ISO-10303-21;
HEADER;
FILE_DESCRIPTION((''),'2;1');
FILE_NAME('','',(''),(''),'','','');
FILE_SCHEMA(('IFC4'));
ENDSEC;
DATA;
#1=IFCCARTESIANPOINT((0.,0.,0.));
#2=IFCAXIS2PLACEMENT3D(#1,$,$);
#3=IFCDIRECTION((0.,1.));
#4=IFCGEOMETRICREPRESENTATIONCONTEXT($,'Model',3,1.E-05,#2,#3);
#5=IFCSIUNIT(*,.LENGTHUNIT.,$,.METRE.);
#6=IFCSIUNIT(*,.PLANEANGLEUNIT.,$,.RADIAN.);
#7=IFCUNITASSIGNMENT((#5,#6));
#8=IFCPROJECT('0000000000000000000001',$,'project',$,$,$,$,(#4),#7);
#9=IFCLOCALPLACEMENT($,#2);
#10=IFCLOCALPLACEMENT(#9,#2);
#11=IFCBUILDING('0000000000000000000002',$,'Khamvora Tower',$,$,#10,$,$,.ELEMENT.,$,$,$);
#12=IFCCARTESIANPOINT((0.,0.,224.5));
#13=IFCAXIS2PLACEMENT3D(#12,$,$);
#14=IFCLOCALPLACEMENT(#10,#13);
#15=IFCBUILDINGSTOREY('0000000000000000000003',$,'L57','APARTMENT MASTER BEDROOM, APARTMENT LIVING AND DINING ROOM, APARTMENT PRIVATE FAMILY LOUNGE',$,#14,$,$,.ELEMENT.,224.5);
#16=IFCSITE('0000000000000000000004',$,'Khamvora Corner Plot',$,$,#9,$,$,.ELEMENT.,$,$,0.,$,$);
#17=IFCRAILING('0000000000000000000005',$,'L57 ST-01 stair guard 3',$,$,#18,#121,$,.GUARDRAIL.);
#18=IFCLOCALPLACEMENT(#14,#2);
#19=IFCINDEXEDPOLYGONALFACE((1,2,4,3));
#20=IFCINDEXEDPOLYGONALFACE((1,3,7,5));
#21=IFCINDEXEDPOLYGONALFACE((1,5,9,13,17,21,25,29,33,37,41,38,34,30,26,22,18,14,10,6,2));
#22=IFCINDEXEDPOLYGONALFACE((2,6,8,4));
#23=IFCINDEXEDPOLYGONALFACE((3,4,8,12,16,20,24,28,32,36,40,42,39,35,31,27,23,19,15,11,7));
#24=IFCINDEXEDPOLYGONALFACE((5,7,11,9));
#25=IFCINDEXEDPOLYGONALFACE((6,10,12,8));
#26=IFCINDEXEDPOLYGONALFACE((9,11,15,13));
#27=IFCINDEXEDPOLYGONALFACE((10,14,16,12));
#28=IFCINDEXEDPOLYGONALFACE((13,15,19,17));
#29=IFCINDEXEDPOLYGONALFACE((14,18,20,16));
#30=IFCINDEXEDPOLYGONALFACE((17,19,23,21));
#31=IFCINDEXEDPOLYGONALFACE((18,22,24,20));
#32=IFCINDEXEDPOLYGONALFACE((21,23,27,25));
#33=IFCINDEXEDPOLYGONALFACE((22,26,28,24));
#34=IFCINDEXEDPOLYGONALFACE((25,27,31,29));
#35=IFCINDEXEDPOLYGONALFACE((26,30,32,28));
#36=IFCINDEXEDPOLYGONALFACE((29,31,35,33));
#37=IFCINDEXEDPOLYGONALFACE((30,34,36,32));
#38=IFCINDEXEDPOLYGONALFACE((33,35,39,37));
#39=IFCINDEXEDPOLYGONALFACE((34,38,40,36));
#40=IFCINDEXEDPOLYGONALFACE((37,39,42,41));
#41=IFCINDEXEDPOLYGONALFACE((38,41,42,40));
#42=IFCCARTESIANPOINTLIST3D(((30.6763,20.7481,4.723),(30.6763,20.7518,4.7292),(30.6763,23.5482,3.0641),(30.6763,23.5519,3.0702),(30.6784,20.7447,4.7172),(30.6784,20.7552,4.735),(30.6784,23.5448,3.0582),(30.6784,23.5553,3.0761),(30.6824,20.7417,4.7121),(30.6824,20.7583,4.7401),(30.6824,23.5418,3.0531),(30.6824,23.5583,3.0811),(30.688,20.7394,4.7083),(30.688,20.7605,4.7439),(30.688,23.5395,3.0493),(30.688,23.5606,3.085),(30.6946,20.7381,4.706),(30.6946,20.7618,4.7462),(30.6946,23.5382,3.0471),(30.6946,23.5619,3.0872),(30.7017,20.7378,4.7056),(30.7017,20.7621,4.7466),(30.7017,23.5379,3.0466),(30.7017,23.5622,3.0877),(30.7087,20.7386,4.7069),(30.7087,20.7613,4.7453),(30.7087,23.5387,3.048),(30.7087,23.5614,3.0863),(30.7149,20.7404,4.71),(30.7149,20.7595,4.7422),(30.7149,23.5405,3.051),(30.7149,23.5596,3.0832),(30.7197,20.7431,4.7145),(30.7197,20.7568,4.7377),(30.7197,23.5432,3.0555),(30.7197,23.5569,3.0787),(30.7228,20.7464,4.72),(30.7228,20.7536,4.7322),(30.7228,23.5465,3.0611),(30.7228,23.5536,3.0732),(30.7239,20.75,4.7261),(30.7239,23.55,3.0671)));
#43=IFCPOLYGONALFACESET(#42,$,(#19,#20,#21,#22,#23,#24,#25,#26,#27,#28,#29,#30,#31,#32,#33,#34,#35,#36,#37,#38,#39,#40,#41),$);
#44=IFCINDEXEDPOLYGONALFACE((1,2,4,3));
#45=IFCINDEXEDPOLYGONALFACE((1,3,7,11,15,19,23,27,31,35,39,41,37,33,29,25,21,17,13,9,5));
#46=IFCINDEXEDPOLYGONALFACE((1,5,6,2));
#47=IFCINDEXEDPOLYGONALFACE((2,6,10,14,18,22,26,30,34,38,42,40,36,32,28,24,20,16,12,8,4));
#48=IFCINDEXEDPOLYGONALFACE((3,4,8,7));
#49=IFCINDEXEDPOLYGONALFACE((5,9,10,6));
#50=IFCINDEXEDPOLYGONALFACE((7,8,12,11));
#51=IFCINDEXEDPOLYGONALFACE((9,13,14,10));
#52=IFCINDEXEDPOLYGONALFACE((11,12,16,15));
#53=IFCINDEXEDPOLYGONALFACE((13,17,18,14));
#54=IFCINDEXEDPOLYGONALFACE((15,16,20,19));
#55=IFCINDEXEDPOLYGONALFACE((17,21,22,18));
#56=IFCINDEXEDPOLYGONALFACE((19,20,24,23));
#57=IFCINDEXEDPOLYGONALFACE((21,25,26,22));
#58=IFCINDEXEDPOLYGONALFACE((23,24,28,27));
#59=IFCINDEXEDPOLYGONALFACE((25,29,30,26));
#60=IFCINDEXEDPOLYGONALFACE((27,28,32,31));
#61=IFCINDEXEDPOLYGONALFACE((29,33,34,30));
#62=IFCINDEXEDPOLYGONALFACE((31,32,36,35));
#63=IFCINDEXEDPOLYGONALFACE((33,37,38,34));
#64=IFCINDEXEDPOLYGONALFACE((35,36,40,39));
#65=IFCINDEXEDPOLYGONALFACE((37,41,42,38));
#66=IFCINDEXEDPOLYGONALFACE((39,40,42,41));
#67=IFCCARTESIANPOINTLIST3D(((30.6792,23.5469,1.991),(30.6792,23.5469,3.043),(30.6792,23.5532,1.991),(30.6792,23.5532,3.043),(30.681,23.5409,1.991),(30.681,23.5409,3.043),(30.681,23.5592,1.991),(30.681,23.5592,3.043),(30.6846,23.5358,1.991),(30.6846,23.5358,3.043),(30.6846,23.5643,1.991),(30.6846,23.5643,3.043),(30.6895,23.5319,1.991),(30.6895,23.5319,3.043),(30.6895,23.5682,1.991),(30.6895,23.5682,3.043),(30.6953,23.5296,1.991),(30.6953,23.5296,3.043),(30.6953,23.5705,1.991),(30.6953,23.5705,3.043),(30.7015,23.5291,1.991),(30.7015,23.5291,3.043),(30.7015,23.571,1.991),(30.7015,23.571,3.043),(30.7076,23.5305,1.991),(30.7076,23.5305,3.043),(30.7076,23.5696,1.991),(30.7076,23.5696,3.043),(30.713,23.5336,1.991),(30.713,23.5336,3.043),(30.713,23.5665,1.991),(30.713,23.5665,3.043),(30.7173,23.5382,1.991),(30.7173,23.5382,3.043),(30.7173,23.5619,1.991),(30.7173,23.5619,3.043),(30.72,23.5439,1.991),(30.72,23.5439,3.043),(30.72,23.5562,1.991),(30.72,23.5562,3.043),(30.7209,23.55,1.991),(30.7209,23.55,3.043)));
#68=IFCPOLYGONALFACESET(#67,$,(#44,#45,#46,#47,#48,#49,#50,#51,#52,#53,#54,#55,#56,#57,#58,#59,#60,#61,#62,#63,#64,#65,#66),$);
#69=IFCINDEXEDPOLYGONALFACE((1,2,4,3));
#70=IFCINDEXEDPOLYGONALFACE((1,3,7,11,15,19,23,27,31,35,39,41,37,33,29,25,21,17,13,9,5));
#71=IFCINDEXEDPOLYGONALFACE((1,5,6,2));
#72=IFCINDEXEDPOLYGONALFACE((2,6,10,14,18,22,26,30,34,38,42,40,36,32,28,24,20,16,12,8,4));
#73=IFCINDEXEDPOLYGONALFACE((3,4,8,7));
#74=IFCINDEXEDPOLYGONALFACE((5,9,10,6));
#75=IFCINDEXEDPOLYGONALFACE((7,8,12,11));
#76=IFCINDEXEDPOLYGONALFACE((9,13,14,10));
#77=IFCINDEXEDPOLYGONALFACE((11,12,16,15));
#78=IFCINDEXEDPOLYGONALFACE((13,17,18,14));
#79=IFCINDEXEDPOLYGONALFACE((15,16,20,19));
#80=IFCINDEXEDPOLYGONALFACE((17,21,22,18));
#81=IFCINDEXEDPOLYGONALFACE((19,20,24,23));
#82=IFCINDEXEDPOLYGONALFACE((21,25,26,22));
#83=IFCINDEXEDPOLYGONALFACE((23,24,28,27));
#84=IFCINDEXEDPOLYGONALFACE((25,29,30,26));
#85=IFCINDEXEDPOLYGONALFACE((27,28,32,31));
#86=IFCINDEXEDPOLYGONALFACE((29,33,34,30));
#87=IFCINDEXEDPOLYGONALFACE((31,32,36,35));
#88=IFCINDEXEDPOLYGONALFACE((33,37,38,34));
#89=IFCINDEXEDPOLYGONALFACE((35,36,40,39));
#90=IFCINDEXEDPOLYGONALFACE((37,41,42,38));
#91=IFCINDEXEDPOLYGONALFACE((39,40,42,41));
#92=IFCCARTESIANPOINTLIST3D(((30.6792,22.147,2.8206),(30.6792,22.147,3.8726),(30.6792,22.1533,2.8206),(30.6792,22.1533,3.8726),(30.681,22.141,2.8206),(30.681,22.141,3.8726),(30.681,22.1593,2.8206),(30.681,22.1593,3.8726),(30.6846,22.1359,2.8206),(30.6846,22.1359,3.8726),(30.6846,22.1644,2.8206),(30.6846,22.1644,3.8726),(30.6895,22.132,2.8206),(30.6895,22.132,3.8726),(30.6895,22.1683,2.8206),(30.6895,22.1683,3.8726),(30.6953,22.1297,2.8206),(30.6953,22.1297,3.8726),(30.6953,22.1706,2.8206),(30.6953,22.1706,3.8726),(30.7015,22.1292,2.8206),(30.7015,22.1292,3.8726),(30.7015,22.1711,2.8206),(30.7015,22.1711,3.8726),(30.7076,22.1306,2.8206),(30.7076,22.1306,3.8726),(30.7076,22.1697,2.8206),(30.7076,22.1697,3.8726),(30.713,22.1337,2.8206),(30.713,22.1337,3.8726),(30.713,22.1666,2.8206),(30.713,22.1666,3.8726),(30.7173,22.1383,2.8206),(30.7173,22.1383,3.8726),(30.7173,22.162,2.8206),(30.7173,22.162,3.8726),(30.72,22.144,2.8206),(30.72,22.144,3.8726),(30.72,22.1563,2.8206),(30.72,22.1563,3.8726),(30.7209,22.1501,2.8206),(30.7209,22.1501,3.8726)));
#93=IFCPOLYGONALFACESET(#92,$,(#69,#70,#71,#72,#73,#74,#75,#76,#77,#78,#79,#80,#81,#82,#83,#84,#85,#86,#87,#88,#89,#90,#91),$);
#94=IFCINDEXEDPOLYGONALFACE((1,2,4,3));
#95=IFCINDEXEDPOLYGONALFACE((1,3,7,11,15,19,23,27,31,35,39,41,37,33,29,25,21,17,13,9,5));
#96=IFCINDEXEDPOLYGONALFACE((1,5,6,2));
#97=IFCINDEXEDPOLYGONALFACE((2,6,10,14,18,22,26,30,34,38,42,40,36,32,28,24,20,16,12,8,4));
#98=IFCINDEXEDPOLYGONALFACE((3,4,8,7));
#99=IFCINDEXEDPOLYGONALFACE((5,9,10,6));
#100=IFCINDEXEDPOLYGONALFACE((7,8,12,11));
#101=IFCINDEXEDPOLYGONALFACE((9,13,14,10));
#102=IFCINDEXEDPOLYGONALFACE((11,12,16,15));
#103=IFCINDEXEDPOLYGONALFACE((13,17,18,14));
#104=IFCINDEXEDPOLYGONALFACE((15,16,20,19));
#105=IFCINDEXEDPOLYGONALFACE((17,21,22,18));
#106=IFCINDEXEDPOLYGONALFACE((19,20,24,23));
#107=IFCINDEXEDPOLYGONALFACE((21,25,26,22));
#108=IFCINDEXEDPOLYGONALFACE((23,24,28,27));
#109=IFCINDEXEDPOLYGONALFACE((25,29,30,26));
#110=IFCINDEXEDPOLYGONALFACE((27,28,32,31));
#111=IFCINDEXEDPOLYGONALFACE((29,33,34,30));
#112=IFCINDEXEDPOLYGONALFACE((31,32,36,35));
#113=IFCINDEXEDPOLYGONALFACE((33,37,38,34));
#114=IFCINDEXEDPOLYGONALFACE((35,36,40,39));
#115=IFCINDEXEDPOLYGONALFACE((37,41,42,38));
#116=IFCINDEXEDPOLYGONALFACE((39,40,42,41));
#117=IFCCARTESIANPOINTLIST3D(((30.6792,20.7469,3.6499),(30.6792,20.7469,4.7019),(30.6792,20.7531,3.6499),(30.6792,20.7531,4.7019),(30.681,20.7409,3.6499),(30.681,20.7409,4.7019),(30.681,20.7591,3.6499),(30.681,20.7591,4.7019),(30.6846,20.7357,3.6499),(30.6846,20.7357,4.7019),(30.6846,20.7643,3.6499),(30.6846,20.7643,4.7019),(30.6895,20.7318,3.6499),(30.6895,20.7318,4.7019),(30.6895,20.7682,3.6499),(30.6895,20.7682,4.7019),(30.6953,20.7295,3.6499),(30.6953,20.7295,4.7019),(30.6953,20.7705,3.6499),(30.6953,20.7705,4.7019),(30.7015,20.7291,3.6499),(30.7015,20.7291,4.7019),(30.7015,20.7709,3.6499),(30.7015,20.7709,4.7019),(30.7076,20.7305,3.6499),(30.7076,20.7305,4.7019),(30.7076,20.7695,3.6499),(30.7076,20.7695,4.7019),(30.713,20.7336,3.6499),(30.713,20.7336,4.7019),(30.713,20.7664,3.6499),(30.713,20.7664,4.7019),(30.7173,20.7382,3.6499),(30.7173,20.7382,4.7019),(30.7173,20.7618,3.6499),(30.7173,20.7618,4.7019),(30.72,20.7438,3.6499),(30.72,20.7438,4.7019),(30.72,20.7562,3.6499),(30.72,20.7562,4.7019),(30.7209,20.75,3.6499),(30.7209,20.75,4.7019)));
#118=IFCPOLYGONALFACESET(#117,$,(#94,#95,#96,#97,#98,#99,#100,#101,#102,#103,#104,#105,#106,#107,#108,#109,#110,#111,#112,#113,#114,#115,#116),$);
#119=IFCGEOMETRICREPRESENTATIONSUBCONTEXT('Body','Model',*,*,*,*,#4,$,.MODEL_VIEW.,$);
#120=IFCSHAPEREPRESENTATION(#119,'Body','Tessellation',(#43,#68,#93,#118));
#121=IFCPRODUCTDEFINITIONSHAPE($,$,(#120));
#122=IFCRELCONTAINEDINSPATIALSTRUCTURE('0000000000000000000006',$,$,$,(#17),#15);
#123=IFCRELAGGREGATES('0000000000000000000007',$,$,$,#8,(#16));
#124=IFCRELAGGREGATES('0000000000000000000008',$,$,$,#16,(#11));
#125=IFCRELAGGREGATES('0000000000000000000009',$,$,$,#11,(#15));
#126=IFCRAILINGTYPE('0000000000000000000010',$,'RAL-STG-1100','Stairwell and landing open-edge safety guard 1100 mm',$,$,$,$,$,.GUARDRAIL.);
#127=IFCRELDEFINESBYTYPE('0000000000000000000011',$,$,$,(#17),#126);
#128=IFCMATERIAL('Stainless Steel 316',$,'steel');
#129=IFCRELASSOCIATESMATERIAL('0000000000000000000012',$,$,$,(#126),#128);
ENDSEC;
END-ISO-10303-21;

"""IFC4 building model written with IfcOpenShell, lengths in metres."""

from ifc_helpers import new_model, si_unit, direction, frame, origin, origin_2d, place, context, subcontext, project, spatial, circle, extrude, material, type_object, element, save


model = new_model("IFC4")

# Units and contexts
model_context = context("Model", 3, precision=1e-05, world=origin(), true_north=direction((0.0, 1.0)))
body_context = subcontext(model_context, "Body", "Model", "MODEL_VIEW")
ifc_project = project(units=[si_unit("LENGTHUNIT", "METRE"), si_unit("PLANEANGLEUNIT", "RADIAN")], contexts=[model_context])

# Site, building, storey
site_placement = place(None, origin())
site = spatial("IfcSite", under=ifc_project, at=site_placement, Name="Khamvora Corner Plot", CompositionType="ELEMENT", RefElevation=0.0)
building_placement = place(site_placement, origin())
building = spatial("IfcBuilding", under=site, at=building_placement, Name="Khamvora Tower", CompositionType="ELEMENT")
storey_placement = place(building_placement, frame((0.0, 0.0, 224.5)))
storey = spatial("IfcBuildingStorey", under=building, at=storey_placement, Name="L57", Description="APARTMENT MASTER BEDROOM, APARTMENT LIVING AND DINING ROOM, APARTMENT PRIVATE FAMILY LOUNGE", CompositionType="ELEMENT", Elevation=224.5)

# Railing
ifc_material_1 = material(Name="Stainless Steel 316", Category="steel")
railing_type_1 = type_object("IfcRailingType", Name="RAL-STG-1100", Description="Stairwell and landing open-edge safety guard 1100 mm", PredefinedType="GUARDRAIL", material=ifc_material_1)
railing_1_placement = place(storey_placement, frame((30.7, 23.55, 1.991)))
element("IfcRailing", 1, at=railing_1_placement, inside=storey, type_object=railing_type_1, Name="L57 ST-01 stair guard 3", PredefinedType="GUARDRAIL", context=body_context, shape_type="SweptSolid", body=[
    extrude(circle(Radius=0.0239, at=origin_2d()), frame((0.0, 0.0, 1.0762), z_axis=(0.0, -0.860339, 0.509722), x_axis=(1.0, 0.0, 0.0)), (0.0, 0.0, 1.0), 3.2546),
    extrude(circle(Radius=0.021, at=origin_2d()), origin(), (0.0, 0.0, 1.0), 1.052),
    extrude(circle(Radius=0.021, at=origin_2d()), frame((0.0, -1.3999, 0.8296)), (0.0, 0.0, 1.0), 1.052),
    extrude(circle(Radius=0.021, at=origin_2d()), frame((0.0, -2.8, 1.6589)), (0.0, 0.0, 1.0), 1.052),
])

save(model, "model.ifc")
